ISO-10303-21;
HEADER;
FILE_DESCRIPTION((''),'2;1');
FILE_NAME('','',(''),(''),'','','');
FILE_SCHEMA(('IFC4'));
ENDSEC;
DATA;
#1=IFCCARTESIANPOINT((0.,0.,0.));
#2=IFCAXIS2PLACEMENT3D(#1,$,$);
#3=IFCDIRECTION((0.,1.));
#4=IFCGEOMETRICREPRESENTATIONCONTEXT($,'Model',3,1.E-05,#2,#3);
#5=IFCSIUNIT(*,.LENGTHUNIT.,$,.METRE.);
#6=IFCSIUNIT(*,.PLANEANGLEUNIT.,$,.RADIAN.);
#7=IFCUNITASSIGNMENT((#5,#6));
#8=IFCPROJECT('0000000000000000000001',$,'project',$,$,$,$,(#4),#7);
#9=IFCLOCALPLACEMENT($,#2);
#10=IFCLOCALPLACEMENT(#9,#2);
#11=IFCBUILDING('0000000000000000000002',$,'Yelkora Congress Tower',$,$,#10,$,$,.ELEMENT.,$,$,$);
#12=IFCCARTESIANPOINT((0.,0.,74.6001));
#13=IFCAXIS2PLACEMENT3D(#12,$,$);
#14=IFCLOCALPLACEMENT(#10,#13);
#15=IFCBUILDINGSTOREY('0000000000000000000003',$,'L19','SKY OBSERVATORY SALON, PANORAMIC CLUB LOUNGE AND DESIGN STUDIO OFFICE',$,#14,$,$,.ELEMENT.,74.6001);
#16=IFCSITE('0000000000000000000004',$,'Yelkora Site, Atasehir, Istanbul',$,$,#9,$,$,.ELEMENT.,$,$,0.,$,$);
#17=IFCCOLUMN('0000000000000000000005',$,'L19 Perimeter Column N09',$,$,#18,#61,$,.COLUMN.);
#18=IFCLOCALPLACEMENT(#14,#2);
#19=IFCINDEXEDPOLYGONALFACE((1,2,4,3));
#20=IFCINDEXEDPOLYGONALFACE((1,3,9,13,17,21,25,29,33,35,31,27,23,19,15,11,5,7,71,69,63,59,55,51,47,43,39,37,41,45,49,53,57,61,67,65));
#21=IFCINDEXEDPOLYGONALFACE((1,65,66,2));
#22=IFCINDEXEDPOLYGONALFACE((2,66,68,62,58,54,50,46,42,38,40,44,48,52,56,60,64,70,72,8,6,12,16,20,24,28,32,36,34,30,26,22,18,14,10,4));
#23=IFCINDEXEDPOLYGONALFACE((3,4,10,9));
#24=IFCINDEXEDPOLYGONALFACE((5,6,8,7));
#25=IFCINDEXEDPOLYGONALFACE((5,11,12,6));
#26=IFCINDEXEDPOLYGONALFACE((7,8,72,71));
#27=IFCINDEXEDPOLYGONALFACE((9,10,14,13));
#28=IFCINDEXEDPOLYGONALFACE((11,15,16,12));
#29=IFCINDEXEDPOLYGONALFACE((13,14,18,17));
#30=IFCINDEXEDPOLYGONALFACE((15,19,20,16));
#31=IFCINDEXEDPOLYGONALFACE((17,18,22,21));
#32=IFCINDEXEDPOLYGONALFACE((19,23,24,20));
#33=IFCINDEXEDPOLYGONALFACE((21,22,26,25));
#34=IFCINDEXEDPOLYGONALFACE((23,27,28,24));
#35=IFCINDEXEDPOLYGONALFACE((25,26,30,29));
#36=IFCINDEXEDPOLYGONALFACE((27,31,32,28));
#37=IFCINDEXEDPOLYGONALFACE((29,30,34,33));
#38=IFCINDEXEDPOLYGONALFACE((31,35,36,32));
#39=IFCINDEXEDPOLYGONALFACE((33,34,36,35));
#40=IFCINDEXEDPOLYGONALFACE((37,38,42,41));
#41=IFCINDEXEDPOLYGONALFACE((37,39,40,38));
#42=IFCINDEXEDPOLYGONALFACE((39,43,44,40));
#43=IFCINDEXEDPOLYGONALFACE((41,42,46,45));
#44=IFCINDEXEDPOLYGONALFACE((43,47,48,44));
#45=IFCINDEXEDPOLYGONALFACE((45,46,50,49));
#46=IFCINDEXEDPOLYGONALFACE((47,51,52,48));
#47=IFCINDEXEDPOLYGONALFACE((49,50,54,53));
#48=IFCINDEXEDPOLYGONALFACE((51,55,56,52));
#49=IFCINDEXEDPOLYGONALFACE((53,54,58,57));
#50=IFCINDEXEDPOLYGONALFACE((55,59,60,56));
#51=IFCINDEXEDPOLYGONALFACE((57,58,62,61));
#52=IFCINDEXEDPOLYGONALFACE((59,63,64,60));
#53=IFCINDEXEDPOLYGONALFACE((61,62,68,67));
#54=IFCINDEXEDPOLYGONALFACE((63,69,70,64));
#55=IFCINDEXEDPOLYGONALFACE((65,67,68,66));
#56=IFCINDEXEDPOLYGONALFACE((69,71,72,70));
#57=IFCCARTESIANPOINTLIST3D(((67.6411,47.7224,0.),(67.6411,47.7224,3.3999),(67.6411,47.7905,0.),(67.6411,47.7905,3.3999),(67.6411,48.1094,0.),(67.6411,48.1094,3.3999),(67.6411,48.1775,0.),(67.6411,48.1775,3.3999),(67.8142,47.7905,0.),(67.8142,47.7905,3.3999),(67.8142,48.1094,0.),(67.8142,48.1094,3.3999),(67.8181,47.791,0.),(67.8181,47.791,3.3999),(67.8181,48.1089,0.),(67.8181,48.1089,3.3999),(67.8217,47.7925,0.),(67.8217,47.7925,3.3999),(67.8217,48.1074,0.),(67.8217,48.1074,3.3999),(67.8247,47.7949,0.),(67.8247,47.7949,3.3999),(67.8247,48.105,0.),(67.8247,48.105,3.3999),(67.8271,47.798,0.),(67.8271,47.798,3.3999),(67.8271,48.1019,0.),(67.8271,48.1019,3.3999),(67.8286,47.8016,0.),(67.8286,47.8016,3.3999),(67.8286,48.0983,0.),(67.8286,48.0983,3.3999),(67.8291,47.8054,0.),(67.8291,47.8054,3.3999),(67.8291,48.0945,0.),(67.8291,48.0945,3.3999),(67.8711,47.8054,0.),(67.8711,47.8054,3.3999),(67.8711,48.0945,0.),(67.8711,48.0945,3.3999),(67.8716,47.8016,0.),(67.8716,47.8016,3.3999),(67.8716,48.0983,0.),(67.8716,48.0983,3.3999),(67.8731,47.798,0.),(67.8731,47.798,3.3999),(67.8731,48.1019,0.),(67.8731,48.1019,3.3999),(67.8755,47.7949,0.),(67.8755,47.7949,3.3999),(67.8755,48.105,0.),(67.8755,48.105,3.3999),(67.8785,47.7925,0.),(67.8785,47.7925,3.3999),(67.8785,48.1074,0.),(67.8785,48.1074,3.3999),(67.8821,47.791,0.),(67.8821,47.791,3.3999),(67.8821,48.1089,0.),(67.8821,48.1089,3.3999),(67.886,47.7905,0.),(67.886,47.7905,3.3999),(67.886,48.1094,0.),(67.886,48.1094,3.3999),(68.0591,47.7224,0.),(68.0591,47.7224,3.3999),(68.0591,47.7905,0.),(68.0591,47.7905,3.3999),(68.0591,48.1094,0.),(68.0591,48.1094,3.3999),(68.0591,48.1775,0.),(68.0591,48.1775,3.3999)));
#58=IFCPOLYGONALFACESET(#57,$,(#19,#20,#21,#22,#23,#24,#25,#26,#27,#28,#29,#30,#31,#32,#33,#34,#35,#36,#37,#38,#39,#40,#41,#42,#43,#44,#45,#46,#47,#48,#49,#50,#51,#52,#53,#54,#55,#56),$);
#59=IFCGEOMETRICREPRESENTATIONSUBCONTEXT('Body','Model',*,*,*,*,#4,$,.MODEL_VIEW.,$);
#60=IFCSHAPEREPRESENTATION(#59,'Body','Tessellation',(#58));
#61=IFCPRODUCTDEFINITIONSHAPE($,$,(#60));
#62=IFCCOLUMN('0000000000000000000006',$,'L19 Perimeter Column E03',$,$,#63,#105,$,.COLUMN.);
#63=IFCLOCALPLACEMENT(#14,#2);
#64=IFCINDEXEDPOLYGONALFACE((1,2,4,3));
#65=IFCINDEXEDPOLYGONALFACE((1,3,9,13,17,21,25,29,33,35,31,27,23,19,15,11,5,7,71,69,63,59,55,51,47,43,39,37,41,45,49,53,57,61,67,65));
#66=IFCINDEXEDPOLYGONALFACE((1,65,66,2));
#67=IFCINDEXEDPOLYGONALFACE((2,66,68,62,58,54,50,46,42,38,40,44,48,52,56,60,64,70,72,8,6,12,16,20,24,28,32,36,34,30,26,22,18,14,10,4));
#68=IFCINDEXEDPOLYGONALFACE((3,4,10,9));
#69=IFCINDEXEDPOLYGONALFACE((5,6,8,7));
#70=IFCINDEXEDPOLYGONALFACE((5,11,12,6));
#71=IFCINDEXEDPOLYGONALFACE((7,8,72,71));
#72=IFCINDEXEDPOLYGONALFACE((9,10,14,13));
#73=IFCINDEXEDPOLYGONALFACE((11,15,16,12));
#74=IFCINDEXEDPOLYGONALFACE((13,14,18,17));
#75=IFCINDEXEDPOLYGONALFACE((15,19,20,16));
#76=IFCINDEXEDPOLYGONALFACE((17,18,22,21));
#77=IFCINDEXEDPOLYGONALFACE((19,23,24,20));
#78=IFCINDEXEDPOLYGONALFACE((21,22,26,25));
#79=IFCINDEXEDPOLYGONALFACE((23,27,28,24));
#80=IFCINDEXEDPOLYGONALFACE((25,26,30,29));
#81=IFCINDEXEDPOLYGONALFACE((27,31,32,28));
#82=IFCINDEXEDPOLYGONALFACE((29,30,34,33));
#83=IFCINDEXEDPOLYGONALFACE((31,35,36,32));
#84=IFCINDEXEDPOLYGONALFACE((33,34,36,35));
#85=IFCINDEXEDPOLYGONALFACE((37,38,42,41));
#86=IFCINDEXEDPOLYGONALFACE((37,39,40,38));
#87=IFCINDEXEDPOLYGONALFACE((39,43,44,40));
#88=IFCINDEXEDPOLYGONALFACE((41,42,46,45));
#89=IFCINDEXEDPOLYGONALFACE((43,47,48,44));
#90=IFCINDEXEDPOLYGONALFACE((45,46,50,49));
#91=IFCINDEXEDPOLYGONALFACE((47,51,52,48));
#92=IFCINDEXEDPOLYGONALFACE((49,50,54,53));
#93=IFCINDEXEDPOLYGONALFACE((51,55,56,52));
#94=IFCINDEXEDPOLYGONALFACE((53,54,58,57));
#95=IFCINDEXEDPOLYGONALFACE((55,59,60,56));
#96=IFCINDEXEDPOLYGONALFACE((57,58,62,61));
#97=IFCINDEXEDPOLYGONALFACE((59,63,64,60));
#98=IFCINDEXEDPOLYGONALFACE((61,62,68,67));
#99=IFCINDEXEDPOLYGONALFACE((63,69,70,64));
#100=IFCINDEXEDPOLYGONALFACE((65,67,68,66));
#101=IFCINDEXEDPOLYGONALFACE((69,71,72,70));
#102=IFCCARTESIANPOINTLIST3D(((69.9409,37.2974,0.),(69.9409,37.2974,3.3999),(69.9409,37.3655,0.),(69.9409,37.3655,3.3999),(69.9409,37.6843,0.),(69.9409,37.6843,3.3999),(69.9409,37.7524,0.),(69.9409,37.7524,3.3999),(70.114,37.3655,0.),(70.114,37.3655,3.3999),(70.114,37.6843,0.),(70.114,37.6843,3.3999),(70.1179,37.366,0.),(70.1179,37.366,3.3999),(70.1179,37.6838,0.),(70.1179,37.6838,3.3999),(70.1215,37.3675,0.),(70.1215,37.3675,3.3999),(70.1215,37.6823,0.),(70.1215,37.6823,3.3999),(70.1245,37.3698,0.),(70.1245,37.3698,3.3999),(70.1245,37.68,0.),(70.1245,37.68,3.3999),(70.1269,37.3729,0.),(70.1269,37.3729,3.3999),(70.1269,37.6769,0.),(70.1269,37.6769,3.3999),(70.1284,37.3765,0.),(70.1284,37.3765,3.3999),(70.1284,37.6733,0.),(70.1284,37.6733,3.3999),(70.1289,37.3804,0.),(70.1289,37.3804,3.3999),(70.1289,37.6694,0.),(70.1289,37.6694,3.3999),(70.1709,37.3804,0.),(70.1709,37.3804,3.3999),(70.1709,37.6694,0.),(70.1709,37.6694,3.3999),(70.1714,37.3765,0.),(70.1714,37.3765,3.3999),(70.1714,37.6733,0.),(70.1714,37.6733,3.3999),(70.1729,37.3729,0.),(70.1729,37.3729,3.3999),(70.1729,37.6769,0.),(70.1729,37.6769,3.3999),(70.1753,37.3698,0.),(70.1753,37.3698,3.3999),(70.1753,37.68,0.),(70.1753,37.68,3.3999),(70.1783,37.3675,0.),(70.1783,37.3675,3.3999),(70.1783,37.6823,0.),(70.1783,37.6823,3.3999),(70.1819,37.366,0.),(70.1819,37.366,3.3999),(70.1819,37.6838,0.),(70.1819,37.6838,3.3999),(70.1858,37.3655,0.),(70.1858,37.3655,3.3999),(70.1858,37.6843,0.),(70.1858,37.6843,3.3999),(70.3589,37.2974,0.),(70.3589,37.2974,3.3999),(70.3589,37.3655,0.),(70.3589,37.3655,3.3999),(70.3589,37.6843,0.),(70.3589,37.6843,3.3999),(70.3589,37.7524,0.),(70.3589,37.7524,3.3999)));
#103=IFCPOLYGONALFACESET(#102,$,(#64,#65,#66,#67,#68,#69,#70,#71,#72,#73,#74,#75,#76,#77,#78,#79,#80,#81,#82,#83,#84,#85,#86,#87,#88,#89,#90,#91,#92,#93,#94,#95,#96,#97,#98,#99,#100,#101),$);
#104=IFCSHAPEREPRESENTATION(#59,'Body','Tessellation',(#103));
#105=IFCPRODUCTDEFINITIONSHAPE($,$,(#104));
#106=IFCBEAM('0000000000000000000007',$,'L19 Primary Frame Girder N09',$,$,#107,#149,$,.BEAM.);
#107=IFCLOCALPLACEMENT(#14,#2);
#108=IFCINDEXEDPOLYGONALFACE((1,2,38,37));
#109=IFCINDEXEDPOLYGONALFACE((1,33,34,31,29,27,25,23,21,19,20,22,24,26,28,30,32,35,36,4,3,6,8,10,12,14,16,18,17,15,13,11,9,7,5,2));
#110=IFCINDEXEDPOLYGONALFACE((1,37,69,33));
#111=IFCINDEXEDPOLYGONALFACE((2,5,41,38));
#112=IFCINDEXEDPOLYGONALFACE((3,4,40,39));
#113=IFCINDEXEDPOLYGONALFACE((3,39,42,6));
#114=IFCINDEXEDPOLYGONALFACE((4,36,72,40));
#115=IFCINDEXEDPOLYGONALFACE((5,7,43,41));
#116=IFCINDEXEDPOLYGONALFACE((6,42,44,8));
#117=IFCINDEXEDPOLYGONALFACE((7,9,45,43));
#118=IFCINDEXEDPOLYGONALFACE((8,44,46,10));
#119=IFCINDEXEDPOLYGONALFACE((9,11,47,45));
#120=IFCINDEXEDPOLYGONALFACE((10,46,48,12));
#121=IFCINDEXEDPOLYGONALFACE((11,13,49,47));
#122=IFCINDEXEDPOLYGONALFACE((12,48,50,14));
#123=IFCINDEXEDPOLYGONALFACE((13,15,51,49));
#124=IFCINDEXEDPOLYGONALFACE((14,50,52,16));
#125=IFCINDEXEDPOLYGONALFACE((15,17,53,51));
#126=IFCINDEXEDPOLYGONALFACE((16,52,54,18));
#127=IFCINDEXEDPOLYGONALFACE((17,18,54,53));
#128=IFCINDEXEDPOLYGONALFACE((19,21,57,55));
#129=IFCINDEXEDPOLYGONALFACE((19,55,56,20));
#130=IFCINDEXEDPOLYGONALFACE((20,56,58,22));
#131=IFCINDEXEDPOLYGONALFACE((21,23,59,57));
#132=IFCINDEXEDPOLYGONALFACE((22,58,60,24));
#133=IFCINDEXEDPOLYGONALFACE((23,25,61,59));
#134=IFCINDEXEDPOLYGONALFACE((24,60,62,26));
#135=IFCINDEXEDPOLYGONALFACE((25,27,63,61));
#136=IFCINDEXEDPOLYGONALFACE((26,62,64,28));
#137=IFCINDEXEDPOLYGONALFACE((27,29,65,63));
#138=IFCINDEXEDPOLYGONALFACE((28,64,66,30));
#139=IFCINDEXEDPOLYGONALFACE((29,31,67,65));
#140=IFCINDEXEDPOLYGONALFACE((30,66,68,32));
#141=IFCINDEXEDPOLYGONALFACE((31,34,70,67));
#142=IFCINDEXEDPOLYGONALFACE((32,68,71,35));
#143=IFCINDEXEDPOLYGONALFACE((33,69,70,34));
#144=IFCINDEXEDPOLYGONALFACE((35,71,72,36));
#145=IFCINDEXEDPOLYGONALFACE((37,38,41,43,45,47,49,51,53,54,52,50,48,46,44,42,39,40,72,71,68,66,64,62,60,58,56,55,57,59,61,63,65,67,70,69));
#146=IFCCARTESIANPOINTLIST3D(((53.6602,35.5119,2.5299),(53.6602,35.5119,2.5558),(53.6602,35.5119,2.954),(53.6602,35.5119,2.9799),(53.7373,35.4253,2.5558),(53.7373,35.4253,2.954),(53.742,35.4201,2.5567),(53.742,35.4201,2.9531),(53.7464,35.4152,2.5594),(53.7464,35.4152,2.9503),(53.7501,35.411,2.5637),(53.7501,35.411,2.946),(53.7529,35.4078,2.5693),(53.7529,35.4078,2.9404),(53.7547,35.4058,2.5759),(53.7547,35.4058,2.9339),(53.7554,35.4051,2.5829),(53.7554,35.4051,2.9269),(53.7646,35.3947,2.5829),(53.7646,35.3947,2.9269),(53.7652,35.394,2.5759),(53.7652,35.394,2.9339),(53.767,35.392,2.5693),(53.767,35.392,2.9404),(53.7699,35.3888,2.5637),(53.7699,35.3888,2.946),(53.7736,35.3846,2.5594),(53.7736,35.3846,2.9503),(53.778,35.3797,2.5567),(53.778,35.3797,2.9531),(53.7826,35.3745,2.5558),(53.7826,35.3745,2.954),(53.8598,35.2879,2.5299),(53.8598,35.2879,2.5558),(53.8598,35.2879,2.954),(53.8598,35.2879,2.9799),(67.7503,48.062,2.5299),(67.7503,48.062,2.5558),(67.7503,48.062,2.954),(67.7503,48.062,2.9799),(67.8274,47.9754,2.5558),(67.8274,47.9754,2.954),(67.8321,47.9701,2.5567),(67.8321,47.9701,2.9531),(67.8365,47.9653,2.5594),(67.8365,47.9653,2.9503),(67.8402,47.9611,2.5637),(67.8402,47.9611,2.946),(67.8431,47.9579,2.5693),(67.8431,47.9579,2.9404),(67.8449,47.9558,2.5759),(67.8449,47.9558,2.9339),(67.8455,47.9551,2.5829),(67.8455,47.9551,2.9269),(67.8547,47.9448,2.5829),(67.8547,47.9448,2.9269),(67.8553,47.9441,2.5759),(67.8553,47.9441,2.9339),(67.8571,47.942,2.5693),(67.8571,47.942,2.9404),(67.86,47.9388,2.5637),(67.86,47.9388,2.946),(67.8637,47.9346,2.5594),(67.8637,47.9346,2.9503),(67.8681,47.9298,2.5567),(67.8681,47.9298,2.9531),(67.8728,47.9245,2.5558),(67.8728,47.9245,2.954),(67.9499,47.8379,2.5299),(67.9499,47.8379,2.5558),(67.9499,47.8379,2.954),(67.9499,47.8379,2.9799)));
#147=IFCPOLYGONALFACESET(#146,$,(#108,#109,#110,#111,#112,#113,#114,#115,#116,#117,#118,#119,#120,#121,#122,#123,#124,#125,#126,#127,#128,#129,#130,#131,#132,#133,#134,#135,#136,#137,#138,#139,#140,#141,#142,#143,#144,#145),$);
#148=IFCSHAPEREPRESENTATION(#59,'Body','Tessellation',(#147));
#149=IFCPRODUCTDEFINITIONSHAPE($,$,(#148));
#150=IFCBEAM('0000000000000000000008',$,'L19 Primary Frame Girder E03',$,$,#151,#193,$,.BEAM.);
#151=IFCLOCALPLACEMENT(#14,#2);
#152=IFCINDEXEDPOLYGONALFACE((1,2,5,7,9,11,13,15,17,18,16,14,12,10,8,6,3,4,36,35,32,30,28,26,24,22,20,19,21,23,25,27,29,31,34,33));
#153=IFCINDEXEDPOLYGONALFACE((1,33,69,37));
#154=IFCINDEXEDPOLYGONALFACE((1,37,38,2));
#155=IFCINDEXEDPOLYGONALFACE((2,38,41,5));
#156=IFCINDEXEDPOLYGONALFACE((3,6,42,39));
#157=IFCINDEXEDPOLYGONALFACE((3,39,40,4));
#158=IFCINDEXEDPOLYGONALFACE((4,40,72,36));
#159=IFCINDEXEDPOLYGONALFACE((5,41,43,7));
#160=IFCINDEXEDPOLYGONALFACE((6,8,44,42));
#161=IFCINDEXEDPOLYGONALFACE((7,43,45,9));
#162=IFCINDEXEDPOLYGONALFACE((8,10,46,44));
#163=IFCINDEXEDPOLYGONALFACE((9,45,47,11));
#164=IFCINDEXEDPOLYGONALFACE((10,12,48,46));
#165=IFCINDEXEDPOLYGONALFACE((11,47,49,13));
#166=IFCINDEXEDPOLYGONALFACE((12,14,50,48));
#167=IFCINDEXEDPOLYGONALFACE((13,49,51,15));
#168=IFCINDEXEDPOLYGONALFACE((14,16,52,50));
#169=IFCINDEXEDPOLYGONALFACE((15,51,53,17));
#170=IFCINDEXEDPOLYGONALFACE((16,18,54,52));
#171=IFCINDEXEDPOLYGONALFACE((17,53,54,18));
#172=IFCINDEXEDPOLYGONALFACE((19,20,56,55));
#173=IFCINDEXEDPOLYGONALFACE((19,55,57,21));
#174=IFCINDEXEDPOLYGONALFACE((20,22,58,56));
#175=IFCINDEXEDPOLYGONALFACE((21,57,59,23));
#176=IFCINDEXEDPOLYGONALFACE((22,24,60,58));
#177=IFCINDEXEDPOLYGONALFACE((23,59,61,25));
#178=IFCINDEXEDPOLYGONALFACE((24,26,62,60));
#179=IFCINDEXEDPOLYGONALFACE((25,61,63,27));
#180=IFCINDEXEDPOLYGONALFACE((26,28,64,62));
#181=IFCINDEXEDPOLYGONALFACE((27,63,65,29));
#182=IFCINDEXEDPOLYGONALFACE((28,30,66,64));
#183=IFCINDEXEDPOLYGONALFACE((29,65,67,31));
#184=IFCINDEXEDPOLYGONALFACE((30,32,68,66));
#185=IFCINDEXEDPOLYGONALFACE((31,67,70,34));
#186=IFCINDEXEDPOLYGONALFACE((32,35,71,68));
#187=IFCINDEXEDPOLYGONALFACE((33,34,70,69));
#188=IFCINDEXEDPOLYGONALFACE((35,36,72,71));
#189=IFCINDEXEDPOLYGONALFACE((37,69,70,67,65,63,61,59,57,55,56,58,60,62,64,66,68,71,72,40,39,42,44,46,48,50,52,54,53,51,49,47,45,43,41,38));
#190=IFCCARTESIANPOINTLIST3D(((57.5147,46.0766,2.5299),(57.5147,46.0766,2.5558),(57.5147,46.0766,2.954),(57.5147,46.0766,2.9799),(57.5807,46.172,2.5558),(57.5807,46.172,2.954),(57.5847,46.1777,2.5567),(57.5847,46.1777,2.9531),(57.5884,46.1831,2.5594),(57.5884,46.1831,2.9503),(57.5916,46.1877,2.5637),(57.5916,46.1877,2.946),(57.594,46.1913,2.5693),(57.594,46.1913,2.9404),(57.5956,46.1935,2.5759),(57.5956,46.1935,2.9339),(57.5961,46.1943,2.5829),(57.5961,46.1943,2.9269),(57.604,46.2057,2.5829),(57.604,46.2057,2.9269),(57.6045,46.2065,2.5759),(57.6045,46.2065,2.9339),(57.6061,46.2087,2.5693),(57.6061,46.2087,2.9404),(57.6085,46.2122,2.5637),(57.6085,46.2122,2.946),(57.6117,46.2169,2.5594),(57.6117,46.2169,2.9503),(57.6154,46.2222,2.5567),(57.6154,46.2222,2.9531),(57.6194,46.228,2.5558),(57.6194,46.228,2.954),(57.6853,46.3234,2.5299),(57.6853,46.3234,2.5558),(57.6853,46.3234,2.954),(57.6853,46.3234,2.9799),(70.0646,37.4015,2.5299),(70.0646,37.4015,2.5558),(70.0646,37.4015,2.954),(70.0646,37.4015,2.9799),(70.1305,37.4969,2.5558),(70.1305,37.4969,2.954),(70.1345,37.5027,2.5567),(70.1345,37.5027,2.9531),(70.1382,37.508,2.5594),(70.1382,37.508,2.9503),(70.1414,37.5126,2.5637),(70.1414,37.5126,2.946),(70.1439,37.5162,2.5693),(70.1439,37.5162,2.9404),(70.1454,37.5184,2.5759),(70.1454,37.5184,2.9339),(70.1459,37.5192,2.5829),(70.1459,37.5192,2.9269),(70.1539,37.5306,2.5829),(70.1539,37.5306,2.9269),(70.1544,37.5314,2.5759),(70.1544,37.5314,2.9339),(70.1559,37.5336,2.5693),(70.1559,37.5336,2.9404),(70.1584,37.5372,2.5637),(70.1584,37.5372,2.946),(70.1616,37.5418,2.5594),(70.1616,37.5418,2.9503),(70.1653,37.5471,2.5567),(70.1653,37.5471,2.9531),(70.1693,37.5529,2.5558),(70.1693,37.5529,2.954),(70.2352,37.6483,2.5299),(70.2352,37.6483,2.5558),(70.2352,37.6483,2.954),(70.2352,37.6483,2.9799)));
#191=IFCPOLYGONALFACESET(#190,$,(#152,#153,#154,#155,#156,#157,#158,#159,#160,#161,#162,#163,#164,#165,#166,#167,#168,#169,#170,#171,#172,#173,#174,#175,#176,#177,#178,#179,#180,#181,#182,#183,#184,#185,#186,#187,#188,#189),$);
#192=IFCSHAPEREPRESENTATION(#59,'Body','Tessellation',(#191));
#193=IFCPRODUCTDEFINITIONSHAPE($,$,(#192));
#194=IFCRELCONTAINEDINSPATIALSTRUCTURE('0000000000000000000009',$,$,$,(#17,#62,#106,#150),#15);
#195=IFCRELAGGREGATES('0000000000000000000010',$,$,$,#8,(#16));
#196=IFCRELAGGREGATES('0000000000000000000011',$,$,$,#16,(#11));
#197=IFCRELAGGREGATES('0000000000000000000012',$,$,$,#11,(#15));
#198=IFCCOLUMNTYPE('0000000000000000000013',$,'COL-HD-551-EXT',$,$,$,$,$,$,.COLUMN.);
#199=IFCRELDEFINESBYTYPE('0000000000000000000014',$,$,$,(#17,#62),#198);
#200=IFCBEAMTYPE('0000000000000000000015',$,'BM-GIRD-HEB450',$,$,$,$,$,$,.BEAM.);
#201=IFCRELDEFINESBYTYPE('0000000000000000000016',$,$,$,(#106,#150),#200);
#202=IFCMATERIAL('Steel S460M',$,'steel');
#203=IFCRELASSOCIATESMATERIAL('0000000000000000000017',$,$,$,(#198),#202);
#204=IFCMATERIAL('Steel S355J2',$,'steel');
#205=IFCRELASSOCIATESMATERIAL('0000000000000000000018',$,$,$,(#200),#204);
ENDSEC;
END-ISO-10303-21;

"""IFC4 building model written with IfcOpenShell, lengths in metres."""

from ifc_helpers import new_model, si_unit, direction, frame, origin, origin_2d, place, context, subcontext, project, spatial, i_section, extrude, material, material_profile, profile_set, type_object, element, save


model = new_model("IFC4")

# Units and contexts
model_context = context("Model", 3, precision=1e-05, world=origin(), true_north=direction((0.0, 1.0)))
body_context = subcontext(model_context, "Body", "Model", "MODEL_VIEW")
ifc_project = project(units=[si_unit("LENGTHUNIT", "METRE"), si_unit("PLANEANGLEUNIT", "RADIAN")], contexts=[model_context])

# Site, building, storey
site_placement = place(None, origin())
site = spatial("IfcSite", under=ifc_project, at=site_placement, Name="Yelkora Site, Atasehir, Istanbul", CompositionType="ELEMENT", RefElevation=0.0)
building_placement = place(site_placement, origin())
building = spatial("IfcBuilding", under=site, at=building_placement, Name="Yelkora Congress Tower", CompositionType="ELEMENT")
storey_placement = place(building_placement, frame((0.0, 0.0, 74.6001)))
storey = spatial("IfcBuildingStorey", under=building, at=storey_placement, Name="L19", Description="SKY OBSERVATORY SALON, PANORAMIC CLUB LOUNGE AND DESIGN STUDIO OFFICE", CompositionType="ELEMENT", Elevation=74.6001)

# Columns
ifc_material_1 = material(Name="Steel S460M", Category="steel")
ifc_material_profile_1 = material_profile(ifc_material_1, i_section(OverallWidth=0.418, OverallDepth=0.4551, WebThickness=0.042, FlangeThickness=0.0681, FilletRadius=0.0149, at=origin_2d()), Name="HD 400x551")
ifc_profile_set_1 = profile_set([ifc_material_profile_1], Name="Steel S460M")
column_type = type_object("IfcColumnType", Name="COL-HD-551-EXT", PredefinedType="COLUMN", material=ifc_profile_set_1)
for number, where, z_axis, x_axis, name in (
    (1, (67.8501, 47.95, 0.0), (0.0, 0.0, 1.0), (1.0, 0.0, 0.0), "L19 Perimeter Column N09"),
    (2, (70.1499, 37.5249, 0.0), (0.0, 0.0, 1.0), (1.0, 0.0, 0.0), "L19 Perimeter Column E03"),
):
    element("IfcColumn", number, at=place(storey_placement, frame(where, z_axis=z_axis, x_axis=x_axis)), inside=storey, type_object=column_type, Name=name, PredefinedType="COLUMN", context=body_context, shape_type="SweptSolid", body=[
        extrude(i_section(OverallWidth=0.418, OverallDepth=0.4551, WebThickness=0.042, FlangeThickness=0.0681, FilletRadius=0.0149, at=origin_2d()), origin(), (0.0, 0.0, 1.0), 3.3999),
    ])

# Beams
ifc_material_2 = material(Name="Steel S355J2", Category="steel")
ifc_material_profile_2 = material_profile(ifc_material_2, i_section(OverallWidth=0.3, OverallDepth=0.45, WebThickness=0.0139, FlangeThickness=0.0259, FilletRadius=0.0271, at=origin_2d()), Name="HEB 450")
ifc_profile_set_2 = profile_set([ifc_material_profile_2], Name="Steel S355J2")
beam_type_1 = type_object("IfcBeamType", Name="BM-GIRD-HEB450", PredefinedType="BEAM", material=ifc_profile_set_2)
beam_1_placement = place(storey_placement, frame((67.8501, 47.95, 2.7549), z_axis=(-0.746737, -0.665119, 0.0), x_axis=(0.665119, -0.746737, 0.0)))
element("IfcBeam", 3, at=beam_1_placement, inside=storey, type_object=beam_type_1, Name="L19 Primary Frame Girder N09", PredefinedType="BEAM", context=body_context, shape_type="SweptSolid", body=[
    extrude(i_section(OverallWidth=0.3, OverallDepth=0.45, WebThickness=0.0139, FlangeThickness=0.0259, FilletRadius=0.0271, at=origin_2d()), origin(), (0.0, 0.0, 1.0), 18.8689),
])
beam_2_placement = place(storey_placement, frame((70.1499, 37.5249, 2.7549), z_axis=(-0.822599, 0.568622, 0.0), x_axis=(-0.568622, -0.822599, 0.0)))
element("IfcBeam", 4, at=beam_2_placement, inside=storey, type_object=beam_type_1, Name="L19 Primary Frame Girder E03", PredefinedType="BEAM", context=body_context, shape_type="SweptSolid", body=[
    extrude(i_section(OverallWidth=0.3, OverallDepth=0.45, WebThickness=0.0139, FlangeThickness=0.0259, FilletRadius=0.0271, at=origin_2d()), origin(), (0.0, 0.0, 1.0), 15.2563),
])

save(model, "model.ifc")
